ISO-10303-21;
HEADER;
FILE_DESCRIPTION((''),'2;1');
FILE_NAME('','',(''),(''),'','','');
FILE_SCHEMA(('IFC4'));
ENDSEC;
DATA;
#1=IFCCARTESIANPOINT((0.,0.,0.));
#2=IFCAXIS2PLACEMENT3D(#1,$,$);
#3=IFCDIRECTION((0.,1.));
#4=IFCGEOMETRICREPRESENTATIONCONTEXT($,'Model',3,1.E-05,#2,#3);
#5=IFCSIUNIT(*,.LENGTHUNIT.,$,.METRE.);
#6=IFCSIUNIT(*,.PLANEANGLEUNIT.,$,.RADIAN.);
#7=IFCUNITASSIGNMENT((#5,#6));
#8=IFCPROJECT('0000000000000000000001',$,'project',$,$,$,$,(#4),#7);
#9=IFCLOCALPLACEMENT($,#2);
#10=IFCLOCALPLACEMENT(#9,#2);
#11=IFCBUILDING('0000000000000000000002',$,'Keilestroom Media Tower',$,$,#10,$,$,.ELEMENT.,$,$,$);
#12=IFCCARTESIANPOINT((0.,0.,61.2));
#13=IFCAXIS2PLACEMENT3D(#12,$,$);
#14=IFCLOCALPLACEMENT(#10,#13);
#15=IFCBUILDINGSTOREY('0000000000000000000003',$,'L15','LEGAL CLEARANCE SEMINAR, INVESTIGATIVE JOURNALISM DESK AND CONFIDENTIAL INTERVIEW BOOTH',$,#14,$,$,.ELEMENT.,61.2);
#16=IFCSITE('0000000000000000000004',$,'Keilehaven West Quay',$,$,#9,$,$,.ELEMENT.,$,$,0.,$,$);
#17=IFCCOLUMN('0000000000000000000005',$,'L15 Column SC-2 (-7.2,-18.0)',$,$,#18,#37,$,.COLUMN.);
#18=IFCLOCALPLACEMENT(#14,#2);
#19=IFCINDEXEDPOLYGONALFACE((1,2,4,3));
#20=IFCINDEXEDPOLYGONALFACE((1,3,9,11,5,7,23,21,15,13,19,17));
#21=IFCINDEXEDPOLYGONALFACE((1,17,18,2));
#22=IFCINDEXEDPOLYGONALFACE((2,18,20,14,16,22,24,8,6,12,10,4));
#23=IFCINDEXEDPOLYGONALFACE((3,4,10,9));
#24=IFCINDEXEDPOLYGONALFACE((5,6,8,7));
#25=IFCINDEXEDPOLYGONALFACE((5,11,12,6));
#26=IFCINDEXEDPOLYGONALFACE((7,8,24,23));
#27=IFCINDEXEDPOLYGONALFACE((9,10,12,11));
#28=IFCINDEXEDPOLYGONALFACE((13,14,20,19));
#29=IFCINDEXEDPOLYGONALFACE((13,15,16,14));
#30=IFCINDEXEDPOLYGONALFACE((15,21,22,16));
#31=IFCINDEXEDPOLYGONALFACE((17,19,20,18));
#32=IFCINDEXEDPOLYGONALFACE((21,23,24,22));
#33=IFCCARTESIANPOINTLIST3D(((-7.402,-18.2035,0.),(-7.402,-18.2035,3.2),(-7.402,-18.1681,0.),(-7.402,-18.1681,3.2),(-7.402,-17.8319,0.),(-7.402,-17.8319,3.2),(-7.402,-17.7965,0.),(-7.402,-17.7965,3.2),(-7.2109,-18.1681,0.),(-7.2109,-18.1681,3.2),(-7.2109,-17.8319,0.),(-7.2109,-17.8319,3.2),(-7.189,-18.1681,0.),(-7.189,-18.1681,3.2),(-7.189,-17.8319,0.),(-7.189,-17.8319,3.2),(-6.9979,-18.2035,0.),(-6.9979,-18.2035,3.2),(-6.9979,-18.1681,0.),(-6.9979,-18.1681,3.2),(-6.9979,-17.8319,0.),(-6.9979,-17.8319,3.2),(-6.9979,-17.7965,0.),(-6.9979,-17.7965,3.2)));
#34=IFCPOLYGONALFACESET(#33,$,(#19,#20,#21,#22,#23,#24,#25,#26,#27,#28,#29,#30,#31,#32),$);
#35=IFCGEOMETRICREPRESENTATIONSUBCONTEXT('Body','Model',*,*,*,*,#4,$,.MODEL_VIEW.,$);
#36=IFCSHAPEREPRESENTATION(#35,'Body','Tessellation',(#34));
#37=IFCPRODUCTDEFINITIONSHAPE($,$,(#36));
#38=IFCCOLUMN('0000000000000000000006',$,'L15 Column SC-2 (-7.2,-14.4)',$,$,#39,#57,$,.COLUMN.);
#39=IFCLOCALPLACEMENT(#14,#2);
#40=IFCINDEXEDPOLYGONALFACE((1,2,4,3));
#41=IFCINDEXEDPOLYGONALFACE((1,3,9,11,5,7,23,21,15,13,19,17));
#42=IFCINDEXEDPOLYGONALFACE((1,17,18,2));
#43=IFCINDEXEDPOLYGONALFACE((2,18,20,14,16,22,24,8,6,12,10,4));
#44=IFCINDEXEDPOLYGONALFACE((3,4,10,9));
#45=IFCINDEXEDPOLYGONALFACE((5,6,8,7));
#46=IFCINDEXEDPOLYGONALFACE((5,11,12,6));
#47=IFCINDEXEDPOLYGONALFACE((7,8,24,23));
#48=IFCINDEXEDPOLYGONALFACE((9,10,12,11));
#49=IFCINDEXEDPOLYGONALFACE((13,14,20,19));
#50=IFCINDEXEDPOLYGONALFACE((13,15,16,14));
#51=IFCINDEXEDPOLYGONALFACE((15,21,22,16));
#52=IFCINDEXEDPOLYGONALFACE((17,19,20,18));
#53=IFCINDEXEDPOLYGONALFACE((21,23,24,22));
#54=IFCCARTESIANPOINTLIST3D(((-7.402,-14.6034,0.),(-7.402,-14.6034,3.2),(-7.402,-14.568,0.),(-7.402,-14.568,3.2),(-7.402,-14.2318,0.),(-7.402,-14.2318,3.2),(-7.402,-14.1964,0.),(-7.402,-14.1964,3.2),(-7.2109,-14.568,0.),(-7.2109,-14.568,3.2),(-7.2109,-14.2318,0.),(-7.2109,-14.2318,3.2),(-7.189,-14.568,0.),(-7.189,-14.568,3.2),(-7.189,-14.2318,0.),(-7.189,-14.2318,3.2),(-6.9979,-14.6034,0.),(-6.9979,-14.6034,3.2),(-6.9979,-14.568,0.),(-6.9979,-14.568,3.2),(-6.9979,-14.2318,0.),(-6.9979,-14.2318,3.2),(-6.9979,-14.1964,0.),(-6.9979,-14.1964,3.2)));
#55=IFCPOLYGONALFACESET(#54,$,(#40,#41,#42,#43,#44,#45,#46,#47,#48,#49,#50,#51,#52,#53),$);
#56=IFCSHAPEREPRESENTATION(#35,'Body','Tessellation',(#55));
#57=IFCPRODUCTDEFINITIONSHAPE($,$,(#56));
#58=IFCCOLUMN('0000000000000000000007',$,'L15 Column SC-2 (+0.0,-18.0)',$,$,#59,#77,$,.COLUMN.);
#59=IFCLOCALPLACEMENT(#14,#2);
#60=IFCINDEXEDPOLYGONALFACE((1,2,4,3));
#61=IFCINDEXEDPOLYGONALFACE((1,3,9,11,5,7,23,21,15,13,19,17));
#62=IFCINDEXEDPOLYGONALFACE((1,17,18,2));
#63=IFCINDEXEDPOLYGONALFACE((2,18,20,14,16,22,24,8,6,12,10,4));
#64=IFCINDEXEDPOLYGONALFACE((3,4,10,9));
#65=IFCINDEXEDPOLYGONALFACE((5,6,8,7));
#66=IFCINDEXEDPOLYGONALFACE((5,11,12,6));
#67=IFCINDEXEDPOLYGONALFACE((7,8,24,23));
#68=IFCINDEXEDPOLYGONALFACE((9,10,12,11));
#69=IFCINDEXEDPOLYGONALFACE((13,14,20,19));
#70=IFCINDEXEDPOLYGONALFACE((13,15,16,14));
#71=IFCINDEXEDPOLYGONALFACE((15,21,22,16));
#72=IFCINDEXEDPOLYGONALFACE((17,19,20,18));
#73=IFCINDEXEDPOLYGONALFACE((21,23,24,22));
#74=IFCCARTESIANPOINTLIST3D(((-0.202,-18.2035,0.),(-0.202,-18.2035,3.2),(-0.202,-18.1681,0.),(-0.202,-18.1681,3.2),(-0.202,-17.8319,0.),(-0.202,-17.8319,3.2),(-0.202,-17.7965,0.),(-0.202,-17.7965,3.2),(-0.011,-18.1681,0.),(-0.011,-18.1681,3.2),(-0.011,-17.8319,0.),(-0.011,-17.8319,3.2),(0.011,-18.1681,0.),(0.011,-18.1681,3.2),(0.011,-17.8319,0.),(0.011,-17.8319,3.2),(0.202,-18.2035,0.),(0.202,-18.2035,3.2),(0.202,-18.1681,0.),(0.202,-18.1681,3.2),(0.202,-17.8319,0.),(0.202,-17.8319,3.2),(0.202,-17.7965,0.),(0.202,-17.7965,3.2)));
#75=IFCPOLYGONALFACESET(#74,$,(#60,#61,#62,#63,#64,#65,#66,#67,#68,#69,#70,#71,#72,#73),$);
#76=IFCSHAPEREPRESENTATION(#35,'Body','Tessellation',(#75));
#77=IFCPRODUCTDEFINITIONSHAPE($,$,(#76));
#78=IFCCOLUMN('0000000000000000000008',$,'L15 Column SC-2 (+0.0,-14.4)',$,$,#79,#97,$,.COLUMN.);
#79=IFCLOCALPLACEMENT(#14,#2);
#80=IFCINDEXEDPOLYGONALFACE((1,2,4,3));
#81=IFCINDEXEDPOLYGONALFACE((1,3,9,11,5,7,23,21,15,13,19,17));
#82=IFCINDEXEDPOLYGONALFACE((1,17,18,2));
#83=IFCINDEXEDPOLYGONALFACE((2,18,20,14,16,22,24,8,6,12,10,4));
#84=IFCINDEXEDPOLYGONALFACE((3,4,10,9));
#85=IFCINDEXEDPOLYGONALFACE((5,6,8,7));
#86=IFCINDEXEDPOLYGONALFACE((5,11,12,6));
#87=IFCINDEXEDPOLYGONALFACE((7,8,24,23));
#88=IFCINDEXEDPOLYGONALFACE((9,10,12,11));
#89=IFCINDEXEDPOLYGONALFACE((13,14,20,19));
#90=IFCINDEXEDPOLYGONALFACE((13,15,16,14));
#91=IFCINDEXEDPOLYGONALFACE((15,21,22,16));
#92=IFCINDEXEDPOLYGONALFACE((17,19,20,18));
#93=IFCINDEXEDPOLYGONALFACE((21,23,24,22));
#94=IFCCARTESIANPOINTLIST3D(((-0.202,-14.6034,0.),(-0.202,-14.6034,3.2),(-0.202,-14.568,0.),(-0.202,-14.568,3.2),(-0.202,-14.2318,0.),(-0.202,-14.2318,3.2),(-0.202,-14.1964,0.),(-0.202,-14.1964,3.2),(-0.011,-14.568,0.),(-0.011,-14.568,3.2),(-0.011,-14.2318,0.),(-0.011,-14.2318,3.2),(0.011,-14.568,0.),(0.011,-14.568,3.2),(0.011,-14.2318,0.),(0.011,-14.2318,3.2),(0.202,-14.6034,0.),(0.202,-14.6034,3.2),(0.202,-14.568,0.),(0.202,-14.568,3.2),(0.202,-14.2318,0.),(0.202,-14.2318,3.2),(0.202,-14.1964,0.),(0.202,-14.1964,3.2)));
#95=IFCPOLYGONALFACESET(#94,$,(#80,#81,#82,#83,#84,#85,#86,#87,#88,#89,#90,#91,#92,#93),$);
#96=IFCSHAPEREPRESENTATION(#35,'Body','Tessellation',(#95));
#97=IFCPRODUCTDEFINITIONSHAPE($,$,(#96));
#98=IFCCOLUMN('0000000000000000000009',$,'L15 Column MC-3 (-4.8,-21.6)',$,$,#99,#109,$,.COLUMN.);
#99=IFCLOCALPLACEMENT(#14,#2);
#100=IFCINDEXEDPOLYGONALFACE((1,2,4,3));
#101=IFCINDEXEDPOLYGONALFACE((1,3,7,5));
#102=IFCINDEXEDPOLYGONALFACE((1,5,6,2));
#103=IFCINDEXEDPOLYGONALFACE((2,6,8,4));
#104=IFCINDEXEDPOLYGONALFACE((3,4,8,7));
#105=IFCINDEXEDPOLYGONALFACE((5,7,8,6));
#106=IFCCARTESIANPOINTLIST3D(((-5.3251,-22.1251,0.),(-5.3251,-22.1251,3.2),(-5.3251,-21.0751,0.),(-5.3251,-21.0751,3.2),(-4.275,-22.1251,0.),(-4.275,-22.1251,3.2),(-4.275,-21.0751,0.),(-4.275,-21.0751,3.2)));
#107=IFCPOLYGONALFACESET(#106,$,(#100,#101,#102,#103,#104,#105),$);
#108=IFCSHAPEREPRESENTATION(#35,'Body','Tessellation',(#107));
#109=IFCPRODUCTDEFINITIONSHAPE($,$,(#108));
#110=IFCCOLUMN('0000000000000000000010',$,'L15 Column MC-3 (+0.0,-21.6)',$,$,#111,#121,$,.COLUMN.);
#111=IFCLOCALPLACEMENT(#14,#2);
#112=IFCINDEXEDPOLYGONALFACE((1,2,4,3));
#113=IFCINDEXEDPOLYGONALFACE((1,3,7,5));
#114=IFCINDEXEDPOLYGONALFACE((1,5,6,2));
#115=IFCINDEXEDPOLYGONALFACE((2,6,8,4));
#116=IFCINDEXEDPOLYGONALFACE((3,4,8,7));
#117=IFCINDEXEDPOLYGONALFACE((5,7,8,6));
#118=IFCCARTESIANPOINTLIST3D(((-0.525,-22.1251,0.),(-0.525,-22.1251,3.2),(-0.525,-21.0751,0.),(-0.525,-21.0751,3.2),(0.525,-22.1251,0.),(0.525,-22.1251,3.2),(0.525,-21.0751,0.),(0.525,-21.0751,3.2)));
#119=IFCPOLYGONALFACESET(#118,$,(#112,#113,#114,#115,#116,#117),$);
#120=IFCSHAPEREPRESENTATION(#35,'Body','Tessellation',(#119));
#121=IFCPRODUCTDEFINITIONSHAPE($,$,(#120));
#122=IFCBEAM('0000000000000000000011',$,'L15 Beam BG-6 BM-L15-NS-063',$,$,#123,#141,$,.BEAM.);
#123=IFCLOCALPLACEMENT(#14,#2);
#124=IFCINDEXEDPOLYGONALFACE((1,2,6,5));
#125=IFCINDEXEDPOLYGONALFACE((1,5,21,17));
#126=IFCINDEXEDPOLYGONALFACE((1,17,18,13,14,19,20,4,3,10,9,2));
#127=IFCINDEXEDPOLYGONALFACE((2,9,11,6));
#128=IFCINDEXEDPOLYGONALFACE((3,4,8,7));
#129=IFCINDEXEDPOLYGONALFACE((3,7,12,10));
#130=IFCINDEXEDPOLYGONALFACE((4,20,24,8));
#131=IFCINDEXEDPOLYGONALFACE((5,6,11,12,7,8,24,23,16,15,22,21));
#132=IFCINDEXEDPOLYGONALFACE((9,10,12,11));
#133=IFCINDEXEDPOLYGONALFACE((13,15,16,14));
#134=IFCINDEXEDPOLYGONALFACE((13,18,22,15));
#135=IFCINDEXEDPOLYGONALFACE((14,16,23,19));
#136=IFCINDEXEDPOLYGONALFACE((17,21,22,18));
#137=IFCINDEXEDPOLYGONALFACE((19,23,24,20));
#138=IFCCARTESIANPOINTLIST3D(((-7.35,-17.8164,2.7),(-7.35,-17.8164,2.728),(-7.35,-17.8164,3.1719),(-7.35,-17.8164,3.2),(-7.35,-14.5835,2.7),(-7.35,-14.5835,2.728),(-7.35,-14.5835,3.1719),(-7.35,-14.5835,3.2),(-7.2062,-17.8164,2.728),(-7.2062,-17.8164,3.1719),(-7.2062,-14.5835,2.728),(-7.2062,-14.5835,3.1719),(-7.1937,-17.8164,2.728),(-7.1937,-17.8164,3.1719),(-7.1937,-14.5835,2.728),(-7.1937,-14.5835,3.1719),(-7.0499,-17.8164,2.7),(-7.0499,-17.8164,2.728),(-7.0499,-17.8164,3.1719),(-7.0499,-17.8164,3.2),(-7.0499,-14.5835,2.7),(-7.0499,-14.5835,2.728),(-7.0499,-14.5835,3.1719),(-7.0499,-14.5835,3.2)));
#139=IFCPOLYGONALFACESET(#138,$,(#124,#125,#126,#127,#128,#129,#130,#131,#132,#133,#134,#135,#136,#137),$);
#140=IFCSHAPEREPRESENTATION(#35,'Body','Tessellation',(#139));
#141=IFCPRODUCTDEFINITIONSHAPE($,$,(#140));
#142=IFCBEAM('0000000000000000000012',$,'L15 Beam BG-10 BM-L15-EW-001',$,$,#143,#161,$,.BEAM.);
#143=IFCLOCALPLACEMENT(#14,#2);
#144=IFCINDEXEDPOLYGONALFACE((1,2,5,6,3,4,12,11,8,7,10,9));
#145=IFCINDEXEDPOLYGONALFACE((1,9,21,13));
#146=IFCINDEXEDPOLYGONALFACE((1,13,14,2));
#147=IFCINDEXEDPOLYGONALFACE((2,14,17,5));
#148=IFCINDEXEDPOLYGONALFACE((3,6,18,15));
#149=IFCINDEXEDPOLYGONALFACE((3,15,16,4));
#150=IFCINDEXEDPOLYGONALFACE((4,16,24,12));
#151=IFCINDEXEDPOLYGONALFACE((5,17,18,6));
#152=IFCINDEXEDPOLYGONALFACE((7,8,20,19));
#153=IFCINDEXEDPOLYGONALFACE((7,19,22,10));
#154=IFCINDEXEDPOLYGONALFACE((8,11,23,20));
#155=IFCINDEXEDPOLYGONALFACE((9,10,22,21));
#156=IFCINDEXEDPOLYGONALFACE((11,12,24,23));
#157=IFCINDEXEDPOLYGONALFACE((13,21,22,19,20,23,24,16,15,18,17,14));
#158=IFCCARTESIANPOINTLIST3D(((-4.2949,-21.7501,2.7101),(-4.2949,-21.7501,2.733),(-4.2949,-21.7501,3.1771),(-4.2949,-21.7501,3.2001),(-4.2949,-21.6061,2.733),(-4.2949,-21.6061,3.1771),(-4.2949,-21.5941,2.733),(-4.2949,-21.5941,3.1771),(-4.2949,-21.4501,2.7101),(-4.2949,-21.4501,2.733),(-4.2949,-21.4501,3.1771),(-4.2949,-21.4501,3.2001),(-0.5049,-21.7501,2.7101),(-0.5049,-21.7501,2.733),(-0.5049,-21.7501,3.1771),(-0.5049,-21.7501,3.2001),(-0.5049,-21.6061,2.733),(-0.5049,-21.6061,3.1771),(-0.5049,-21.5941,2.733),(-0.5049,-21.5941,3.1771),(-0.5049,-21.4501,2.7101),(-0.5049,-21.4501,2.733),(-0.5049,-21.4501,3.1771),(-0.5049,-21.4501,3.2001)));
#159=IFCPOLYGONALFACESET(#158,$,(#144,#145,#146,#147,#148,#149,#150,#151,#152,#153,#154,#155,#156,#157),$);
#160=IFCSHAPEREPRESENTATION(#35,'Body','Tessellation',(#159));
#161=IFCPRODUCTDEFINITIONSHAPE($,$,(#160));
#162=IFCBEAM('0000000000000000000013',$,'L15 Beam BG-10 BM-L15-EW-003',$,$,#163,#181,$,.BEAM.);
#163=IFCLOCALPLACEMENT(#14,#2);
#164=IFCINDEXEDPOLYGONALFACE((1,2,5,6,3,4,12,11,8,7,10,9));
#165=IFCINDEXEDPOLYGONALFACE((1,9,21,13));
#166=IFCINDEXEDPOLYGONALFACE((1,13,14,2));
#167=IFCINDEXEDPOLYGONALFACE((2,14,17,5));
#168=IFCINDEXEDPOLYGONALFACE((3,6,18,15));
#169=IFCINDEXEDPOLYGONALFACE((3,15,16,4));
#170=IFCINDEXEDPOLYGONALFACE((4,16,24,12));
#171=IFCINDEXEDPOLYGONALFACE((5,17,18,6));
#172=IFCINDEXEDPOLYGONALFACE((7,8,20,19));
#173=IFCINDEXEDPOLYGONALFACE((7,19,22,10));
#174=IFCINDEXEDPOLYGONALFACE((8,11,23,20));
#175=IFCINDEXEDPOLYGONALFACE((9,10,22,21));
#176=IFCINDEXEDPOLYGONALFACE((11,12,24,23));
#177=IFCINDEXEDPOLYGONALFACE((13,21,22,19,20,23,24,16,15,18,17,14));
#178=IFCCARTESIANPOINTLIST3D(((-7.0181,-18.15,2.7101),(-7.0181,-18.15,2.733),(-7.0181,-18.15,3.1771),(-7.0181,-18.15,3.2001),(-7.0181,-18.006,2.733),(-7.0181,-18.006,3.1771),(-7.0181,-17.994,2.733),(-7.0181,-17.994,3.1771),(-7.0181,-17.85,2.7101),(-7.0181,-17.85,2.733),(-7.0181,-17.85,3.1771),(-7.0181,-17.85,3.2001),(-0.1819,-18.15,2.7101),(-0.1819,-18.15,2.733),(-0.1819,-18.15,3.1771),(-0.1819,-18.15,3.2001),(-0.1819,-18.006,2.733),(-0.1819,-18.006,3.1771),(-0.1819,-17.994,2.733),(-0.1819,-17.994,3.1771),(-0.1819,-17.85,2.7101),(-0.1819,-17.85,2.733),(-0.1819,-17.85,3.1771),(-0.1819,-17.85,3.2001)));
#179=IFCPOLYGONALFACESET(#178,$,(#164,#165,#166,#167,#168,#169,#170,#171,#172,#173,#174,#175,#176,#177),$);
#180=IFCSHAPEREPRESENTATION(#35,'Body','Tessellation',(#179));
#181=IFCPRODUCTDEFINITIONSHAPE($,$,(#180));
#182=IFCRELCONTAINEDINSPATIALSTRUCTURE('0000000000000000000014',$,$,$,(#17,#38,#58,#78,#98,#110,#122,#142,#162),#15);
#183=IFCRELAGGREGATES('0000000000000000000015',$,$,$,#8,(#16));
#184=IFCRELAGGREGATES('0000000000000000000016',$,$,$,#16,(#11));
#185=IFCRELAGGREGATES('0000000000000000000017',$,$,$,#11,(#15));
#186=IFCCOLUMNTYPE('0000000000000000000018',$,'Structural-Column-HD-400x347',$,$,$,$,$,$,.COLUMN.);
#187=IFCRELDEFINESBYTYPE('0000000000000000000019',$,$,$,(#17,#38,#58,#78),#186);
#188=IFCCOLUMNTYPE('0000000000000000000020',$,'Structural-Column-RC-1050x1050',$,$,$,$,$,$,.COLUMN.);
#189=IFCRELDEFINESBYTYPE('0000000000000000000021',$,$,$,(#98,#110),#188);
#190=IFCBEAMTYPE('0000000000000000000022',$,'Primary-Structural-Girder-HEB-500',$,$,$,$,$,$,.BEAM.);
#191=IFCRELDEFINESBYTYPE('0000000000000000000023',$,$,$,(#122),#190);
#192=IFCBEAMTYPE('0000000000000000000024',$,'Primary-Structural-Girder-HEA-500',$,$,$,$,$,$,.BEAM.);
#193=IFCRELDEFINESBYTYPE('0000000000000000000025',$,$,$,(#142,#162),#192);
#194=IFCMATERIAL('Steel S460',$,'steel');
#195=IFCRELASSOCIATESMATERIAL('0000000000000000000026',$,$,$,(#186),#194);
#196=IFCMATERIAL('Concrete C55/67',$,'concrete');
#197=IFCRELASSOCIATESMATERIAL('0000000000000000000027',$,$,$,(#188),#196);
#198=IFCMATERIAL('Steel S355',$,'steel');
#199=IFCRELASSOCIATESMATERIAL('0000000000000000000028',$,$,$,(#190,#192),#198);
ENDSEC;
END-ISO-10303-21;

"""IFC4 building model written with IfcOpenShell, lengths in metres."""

from ifc_helpers import new_model, si_unit, direction, frame, origin, origin_2d, place, context, subcontext, project, spatial, rectangle, i_section, extrude, source, transform, mapped, material, material_profile, profile_set, type_object, element, save


model = new_model("IFC4")

# Units and contexts
model_context = context("Model", 3, precision=1e-05, world=origin(), true_north=direction((0.0, 1.0)))
body_context = subcontext(model_context, "Body", "Model", "MODEL_VIEW")
ifc_project = project(units=[si_unit("LENGTHUNIT", "METRE"), si_unit("PLANEANGLEUNIT", "RADIAN")], contexts=[model_context])

# Site, building, storey
site_placement = place(None, origin())
site = spatial("IfcSite", under=ifc_project, at=site_placement, Name="Keilehaven West Quay", CompositionType="ELEMENT", RefElevation=0.0)
building_placement = place(site_placement, origin())
building = spatial("IfcBuilding", under=site, at=building_placement, Name="Keilestroom Media Tower", CompositionType="ELEMENT")
storey_placement = place(building_placement, frame((0.0, 0.0, 61.2)))
storey = spatial("IfcBuildingStorey", under=building, at=storey_placement, Name="L15", Description="LEGAL CLEARANCE SEMINAR, INVESTIGATIVE JOURNALISM DESK AND CONFIDENTIAL INTERVIEW BOOTH", CompositionType="ELEMENT", Elevation=61.2)

# Columns
ifc_material_1 = material(Name="Steel S460", Category="steel")
ifc_material_profile_1 = material_profile(ifc_material_1, i_section(OverallWidth=0.4041, OverallDepth=0.407, WebThickness=0.022, FlangeThickness=0.0354, at=origin_2d()), Name="HD 400x347")
ifc_profile_set_1 = profile_set([ifc_material_profile_1], Name="Steel S460")
column_type_1 = type_object("IfcColumnType", Name="Structural-Column-HD-400x347", PredefinedType="COLUMN", material=ifc_profile_set_1)
shared_shape_1 = source(origin(), body_context, "Body", "SweptSolid", [
    extrude(i_section(OverallWidth=0.4041, OverallDepth=0.407, WebThickness=0.022, FlangeThickness=0.0354, at=origin_2d()), origin(), (0.0, 0.0, 1.0), 3.2),
])
for number, where, z_axis, x_axis, name in (
    (1, (-7.2, -18.0, 0.0), (0.0, 0.0, 1.0), (1.0, 0.0, 0.0), "L15 Column SC-2 (-7.2,-18.0)"),
    (2, (-7.2, -14.3999, 0.0), (0.0, 0.0, 1.0), (1.0, 0.0, 0.0), "L15 Column SC-2 (-7.2,-14.4)"),
    (3, (0.0, -18.0, 0.0), (0.0, 0.0, 1.0), (1.0, 0.0, 0.0), "L15 Column SC-2 (+0.0,-18.0)"),
    (4, (0.0, -14.3999, 0.0), (0.0, 0.0, 1.0), (1.0, 0.0, 0.0), "L15 Column SC-2 (+0.0,-14.4)"),
):
    element("IfcColumn", number, at=place(storey_placement, frame(where, z_axis=z_axis, x_axis=x_axis)), inside=storey, type_object=column_type_1, Name=name, PredefinedType="COLUMN", context=body_context, shape_type="MappedRepresentation", body=[
        mapped(shared_shape_1, transform((0.0, 0.0, 0.0), x_axis=(1.0, 0.0, 0.0), y_axis=(0.0, 1.0, 0.0), z_axis=(0.0, 0.0, 1.0), scale=1.0)),
    ])
ifc_material_2 = material(Name="Concrete C55/67", Category="concrete")
ifc_material_profile_2 = material_profile(ifc_material_2, rectangle(XDim=1.05, YDim=1.05, at=origin_2d()), Name="RC 1050x1050")
ifc_profile_set_2 = profile_set([ifc_material_profile_2], Name="Concrete C55/67")
column_type_2 = type_object("IfcColumnType", Name="Structural-Column-RC-1050x1050", PredefinedType="COLUMN", material=ifc_profile_set_2)
shared_shape_2 = source(origin(), body_context, "Body", "SweptSolid", [
    extrude(rectangle(XDim=1.05, YDim=1.05, at=origin_2d()), origin(), (0.0, 0.0, 1.0), 3.2),
])
for number, where, z_axis, x_axis, name in (
    (5, (-4.8, -21.6001, 0.0), (0.0, 0.0, 1.0), (1.0, 0.0, 0.0), "L15 Column MC-3 (-4.8,-21.6)"),
    (6, (0.0, -21.6001, 0.0), (0.0, 0.0, 1.0), (1.0, 0.0, 0.0), "L15 Column MC-3 (+0.0,-21.6)"),
):
    element("IfcColumn", number, at=place(storey_placement, frame(where, z_axis=z_axis, x_axis=x_axis)), inside=storey, type_object=column_type_2, Name=name, PredefinedType="COLUMN", context=body_context, shape_type="MappedRepresentation", body=[
        mapped(shared_shape_2, transform((0.0, 0.0, 0.0), x_axis=(1.0, 0.0, 0.0), y_axis=(0.0, 1.0, 0.0), z_axis=(0.0, 0.0, 1.0), scale=1.0)),
    ])

# Beams
ifc_material_3 = material(Name="Steel S355", Category="steel")
ifc_material_profile_3 = material_profile(ifc_material_3, i_section(OverallWidth=0.3, OverallDepth=0.5, WebThickness=0.0125, FlangeThickness=0.0281, at=origin_2d()), Name="HEB 500")
ifc_profile_set_3 = profile_set([ifc_material_profile_3], Name="Steel S355")
beam_type_1 = type_object("IfcBeamType", Name="Primary-Structural-Girder-HEB-500", PredefinedType="BEAM", material=ifc_profile_set_3)
shared_shape_3 = source(origin(), body_context, "Body", "SweptSolid", [
    extrude(i_section(OverallWidth=0.3, OverallDepth=0.5, WebThickness=0.0125, FlangeThickness=0.0281, at=origin_2d()), origin(), (0.0, 0.0, 1.0), 3.2329),
])
beam_1_placement = place(storey_placement, frame((-7.2, -17.8164, 2.95), z_axis=(0.0, 1.0, 0.0), x_axis=(-1.0, 0.0, 0.0)))
element("IfcBeam", 7, at=beam_1_placement, inside=storey, type_object=beam_type_1, Name="L15 Beam BG-6 BM-L15-NS-063", PredefinedType="BEAM", context=body_context, shape_type="MappedRepresentation", body=[
    mapped(shared_shape_3, transform((0.0, 0.0, 0.0), x_axis=(1.0, 0.0, 0.0), y_axis=(0.0, 1.0, 0.0), z_axis=(0.0, 0.0, 1.0), scale=1.0)),
])
ifc_material_profile_4 = material_profile(ifc_material_3, i_section(OverallWidth=0.3, OverallDepth=0.49, WebThickness=0.012, FlangeThickness=0.0229, at=origin_2d()), Name="HEA 500")
ifc_profile_set_4 = profile_set([ifc_material_profile_4], Name="Steel S355")
beam_type_2 = type_object("IfcBeamType", Name="Primary-Structural-Girder-HEA-500", PredefinedType="BEAM", material=ifc_profile_set_4)
shared_shape_4 = source(origin(), body_context, "Body", "SweptSolid", [
    extrude(i_section(OverallWidth=0.3, OverallDepth=0.49, WebThickness=0.012, FlangeThickness=0.0229, at=origin_2d()), origin(), (0.0, 0.0, 1.0), 3.79),
])
beam_2_placement = place(storey_placement, frame((-4.2949, -21.6001, 2.9551), z_axis=(1.0, 0.0, 0.0), x_axis=(0.0, 1.0, 0.0)))
element("IfcBeam", 8, at=beam_2_placement, inside=storey, type_object=beam_type_2, Name="L15 Beam BG-10 BM-L15-EW-001", PredefinedType="BEAM", context=body_context, shape_type="MappedRepresentation", body=[
    mapped(shared_shape_4, transform((0.0, 0.0, 0.0), x_axis=(1.0, 0.0, 0.0), y_axis=(0.0, 1.0, 0.0), z_axis=(0.0, 0.0, 1.0), scale=1.0)),
])
shared_shape_5 = source(origin(), body_context, "Body", "SweptSolid", [
    extrude(i_section(OverallWidth=0.3, OverallDepth=0.49, WebThickness=0.012, FlangeThickness=0.0229, at=origin_2d()), origin(), (0.0, 0.0, 1.0), 6.8362),
])
for number, where, z_axis, x_axis, name in (
    (9, (-7.0181, -18.0, 2.9551), (1.0, 0.0, 0.0), (0.0, 1.0, 0.0), "L15 Beam BG-10 BM-L15-EW-003"),
):
    element("IfcBeam", number, at=place(storey_placement, frame(where, z_axis=z_axis, x_axis=x_axis)), inside=storey, type_object=beam_type_2, Name=name, PredefinedType="BEAM", context=body_context, shape_type="MappedRepresentation", body=[
        mapped(shared_shape_5, transform((0.0, 0.0, 0.0), x_axis=(1.0, 0.0, 0.0), y_axis=(0.0, 1.0, 0.0), z_axis=(0.0, 0.0, 1.0), scale=1.0)),
    ])

save(model, "model.ifc")
